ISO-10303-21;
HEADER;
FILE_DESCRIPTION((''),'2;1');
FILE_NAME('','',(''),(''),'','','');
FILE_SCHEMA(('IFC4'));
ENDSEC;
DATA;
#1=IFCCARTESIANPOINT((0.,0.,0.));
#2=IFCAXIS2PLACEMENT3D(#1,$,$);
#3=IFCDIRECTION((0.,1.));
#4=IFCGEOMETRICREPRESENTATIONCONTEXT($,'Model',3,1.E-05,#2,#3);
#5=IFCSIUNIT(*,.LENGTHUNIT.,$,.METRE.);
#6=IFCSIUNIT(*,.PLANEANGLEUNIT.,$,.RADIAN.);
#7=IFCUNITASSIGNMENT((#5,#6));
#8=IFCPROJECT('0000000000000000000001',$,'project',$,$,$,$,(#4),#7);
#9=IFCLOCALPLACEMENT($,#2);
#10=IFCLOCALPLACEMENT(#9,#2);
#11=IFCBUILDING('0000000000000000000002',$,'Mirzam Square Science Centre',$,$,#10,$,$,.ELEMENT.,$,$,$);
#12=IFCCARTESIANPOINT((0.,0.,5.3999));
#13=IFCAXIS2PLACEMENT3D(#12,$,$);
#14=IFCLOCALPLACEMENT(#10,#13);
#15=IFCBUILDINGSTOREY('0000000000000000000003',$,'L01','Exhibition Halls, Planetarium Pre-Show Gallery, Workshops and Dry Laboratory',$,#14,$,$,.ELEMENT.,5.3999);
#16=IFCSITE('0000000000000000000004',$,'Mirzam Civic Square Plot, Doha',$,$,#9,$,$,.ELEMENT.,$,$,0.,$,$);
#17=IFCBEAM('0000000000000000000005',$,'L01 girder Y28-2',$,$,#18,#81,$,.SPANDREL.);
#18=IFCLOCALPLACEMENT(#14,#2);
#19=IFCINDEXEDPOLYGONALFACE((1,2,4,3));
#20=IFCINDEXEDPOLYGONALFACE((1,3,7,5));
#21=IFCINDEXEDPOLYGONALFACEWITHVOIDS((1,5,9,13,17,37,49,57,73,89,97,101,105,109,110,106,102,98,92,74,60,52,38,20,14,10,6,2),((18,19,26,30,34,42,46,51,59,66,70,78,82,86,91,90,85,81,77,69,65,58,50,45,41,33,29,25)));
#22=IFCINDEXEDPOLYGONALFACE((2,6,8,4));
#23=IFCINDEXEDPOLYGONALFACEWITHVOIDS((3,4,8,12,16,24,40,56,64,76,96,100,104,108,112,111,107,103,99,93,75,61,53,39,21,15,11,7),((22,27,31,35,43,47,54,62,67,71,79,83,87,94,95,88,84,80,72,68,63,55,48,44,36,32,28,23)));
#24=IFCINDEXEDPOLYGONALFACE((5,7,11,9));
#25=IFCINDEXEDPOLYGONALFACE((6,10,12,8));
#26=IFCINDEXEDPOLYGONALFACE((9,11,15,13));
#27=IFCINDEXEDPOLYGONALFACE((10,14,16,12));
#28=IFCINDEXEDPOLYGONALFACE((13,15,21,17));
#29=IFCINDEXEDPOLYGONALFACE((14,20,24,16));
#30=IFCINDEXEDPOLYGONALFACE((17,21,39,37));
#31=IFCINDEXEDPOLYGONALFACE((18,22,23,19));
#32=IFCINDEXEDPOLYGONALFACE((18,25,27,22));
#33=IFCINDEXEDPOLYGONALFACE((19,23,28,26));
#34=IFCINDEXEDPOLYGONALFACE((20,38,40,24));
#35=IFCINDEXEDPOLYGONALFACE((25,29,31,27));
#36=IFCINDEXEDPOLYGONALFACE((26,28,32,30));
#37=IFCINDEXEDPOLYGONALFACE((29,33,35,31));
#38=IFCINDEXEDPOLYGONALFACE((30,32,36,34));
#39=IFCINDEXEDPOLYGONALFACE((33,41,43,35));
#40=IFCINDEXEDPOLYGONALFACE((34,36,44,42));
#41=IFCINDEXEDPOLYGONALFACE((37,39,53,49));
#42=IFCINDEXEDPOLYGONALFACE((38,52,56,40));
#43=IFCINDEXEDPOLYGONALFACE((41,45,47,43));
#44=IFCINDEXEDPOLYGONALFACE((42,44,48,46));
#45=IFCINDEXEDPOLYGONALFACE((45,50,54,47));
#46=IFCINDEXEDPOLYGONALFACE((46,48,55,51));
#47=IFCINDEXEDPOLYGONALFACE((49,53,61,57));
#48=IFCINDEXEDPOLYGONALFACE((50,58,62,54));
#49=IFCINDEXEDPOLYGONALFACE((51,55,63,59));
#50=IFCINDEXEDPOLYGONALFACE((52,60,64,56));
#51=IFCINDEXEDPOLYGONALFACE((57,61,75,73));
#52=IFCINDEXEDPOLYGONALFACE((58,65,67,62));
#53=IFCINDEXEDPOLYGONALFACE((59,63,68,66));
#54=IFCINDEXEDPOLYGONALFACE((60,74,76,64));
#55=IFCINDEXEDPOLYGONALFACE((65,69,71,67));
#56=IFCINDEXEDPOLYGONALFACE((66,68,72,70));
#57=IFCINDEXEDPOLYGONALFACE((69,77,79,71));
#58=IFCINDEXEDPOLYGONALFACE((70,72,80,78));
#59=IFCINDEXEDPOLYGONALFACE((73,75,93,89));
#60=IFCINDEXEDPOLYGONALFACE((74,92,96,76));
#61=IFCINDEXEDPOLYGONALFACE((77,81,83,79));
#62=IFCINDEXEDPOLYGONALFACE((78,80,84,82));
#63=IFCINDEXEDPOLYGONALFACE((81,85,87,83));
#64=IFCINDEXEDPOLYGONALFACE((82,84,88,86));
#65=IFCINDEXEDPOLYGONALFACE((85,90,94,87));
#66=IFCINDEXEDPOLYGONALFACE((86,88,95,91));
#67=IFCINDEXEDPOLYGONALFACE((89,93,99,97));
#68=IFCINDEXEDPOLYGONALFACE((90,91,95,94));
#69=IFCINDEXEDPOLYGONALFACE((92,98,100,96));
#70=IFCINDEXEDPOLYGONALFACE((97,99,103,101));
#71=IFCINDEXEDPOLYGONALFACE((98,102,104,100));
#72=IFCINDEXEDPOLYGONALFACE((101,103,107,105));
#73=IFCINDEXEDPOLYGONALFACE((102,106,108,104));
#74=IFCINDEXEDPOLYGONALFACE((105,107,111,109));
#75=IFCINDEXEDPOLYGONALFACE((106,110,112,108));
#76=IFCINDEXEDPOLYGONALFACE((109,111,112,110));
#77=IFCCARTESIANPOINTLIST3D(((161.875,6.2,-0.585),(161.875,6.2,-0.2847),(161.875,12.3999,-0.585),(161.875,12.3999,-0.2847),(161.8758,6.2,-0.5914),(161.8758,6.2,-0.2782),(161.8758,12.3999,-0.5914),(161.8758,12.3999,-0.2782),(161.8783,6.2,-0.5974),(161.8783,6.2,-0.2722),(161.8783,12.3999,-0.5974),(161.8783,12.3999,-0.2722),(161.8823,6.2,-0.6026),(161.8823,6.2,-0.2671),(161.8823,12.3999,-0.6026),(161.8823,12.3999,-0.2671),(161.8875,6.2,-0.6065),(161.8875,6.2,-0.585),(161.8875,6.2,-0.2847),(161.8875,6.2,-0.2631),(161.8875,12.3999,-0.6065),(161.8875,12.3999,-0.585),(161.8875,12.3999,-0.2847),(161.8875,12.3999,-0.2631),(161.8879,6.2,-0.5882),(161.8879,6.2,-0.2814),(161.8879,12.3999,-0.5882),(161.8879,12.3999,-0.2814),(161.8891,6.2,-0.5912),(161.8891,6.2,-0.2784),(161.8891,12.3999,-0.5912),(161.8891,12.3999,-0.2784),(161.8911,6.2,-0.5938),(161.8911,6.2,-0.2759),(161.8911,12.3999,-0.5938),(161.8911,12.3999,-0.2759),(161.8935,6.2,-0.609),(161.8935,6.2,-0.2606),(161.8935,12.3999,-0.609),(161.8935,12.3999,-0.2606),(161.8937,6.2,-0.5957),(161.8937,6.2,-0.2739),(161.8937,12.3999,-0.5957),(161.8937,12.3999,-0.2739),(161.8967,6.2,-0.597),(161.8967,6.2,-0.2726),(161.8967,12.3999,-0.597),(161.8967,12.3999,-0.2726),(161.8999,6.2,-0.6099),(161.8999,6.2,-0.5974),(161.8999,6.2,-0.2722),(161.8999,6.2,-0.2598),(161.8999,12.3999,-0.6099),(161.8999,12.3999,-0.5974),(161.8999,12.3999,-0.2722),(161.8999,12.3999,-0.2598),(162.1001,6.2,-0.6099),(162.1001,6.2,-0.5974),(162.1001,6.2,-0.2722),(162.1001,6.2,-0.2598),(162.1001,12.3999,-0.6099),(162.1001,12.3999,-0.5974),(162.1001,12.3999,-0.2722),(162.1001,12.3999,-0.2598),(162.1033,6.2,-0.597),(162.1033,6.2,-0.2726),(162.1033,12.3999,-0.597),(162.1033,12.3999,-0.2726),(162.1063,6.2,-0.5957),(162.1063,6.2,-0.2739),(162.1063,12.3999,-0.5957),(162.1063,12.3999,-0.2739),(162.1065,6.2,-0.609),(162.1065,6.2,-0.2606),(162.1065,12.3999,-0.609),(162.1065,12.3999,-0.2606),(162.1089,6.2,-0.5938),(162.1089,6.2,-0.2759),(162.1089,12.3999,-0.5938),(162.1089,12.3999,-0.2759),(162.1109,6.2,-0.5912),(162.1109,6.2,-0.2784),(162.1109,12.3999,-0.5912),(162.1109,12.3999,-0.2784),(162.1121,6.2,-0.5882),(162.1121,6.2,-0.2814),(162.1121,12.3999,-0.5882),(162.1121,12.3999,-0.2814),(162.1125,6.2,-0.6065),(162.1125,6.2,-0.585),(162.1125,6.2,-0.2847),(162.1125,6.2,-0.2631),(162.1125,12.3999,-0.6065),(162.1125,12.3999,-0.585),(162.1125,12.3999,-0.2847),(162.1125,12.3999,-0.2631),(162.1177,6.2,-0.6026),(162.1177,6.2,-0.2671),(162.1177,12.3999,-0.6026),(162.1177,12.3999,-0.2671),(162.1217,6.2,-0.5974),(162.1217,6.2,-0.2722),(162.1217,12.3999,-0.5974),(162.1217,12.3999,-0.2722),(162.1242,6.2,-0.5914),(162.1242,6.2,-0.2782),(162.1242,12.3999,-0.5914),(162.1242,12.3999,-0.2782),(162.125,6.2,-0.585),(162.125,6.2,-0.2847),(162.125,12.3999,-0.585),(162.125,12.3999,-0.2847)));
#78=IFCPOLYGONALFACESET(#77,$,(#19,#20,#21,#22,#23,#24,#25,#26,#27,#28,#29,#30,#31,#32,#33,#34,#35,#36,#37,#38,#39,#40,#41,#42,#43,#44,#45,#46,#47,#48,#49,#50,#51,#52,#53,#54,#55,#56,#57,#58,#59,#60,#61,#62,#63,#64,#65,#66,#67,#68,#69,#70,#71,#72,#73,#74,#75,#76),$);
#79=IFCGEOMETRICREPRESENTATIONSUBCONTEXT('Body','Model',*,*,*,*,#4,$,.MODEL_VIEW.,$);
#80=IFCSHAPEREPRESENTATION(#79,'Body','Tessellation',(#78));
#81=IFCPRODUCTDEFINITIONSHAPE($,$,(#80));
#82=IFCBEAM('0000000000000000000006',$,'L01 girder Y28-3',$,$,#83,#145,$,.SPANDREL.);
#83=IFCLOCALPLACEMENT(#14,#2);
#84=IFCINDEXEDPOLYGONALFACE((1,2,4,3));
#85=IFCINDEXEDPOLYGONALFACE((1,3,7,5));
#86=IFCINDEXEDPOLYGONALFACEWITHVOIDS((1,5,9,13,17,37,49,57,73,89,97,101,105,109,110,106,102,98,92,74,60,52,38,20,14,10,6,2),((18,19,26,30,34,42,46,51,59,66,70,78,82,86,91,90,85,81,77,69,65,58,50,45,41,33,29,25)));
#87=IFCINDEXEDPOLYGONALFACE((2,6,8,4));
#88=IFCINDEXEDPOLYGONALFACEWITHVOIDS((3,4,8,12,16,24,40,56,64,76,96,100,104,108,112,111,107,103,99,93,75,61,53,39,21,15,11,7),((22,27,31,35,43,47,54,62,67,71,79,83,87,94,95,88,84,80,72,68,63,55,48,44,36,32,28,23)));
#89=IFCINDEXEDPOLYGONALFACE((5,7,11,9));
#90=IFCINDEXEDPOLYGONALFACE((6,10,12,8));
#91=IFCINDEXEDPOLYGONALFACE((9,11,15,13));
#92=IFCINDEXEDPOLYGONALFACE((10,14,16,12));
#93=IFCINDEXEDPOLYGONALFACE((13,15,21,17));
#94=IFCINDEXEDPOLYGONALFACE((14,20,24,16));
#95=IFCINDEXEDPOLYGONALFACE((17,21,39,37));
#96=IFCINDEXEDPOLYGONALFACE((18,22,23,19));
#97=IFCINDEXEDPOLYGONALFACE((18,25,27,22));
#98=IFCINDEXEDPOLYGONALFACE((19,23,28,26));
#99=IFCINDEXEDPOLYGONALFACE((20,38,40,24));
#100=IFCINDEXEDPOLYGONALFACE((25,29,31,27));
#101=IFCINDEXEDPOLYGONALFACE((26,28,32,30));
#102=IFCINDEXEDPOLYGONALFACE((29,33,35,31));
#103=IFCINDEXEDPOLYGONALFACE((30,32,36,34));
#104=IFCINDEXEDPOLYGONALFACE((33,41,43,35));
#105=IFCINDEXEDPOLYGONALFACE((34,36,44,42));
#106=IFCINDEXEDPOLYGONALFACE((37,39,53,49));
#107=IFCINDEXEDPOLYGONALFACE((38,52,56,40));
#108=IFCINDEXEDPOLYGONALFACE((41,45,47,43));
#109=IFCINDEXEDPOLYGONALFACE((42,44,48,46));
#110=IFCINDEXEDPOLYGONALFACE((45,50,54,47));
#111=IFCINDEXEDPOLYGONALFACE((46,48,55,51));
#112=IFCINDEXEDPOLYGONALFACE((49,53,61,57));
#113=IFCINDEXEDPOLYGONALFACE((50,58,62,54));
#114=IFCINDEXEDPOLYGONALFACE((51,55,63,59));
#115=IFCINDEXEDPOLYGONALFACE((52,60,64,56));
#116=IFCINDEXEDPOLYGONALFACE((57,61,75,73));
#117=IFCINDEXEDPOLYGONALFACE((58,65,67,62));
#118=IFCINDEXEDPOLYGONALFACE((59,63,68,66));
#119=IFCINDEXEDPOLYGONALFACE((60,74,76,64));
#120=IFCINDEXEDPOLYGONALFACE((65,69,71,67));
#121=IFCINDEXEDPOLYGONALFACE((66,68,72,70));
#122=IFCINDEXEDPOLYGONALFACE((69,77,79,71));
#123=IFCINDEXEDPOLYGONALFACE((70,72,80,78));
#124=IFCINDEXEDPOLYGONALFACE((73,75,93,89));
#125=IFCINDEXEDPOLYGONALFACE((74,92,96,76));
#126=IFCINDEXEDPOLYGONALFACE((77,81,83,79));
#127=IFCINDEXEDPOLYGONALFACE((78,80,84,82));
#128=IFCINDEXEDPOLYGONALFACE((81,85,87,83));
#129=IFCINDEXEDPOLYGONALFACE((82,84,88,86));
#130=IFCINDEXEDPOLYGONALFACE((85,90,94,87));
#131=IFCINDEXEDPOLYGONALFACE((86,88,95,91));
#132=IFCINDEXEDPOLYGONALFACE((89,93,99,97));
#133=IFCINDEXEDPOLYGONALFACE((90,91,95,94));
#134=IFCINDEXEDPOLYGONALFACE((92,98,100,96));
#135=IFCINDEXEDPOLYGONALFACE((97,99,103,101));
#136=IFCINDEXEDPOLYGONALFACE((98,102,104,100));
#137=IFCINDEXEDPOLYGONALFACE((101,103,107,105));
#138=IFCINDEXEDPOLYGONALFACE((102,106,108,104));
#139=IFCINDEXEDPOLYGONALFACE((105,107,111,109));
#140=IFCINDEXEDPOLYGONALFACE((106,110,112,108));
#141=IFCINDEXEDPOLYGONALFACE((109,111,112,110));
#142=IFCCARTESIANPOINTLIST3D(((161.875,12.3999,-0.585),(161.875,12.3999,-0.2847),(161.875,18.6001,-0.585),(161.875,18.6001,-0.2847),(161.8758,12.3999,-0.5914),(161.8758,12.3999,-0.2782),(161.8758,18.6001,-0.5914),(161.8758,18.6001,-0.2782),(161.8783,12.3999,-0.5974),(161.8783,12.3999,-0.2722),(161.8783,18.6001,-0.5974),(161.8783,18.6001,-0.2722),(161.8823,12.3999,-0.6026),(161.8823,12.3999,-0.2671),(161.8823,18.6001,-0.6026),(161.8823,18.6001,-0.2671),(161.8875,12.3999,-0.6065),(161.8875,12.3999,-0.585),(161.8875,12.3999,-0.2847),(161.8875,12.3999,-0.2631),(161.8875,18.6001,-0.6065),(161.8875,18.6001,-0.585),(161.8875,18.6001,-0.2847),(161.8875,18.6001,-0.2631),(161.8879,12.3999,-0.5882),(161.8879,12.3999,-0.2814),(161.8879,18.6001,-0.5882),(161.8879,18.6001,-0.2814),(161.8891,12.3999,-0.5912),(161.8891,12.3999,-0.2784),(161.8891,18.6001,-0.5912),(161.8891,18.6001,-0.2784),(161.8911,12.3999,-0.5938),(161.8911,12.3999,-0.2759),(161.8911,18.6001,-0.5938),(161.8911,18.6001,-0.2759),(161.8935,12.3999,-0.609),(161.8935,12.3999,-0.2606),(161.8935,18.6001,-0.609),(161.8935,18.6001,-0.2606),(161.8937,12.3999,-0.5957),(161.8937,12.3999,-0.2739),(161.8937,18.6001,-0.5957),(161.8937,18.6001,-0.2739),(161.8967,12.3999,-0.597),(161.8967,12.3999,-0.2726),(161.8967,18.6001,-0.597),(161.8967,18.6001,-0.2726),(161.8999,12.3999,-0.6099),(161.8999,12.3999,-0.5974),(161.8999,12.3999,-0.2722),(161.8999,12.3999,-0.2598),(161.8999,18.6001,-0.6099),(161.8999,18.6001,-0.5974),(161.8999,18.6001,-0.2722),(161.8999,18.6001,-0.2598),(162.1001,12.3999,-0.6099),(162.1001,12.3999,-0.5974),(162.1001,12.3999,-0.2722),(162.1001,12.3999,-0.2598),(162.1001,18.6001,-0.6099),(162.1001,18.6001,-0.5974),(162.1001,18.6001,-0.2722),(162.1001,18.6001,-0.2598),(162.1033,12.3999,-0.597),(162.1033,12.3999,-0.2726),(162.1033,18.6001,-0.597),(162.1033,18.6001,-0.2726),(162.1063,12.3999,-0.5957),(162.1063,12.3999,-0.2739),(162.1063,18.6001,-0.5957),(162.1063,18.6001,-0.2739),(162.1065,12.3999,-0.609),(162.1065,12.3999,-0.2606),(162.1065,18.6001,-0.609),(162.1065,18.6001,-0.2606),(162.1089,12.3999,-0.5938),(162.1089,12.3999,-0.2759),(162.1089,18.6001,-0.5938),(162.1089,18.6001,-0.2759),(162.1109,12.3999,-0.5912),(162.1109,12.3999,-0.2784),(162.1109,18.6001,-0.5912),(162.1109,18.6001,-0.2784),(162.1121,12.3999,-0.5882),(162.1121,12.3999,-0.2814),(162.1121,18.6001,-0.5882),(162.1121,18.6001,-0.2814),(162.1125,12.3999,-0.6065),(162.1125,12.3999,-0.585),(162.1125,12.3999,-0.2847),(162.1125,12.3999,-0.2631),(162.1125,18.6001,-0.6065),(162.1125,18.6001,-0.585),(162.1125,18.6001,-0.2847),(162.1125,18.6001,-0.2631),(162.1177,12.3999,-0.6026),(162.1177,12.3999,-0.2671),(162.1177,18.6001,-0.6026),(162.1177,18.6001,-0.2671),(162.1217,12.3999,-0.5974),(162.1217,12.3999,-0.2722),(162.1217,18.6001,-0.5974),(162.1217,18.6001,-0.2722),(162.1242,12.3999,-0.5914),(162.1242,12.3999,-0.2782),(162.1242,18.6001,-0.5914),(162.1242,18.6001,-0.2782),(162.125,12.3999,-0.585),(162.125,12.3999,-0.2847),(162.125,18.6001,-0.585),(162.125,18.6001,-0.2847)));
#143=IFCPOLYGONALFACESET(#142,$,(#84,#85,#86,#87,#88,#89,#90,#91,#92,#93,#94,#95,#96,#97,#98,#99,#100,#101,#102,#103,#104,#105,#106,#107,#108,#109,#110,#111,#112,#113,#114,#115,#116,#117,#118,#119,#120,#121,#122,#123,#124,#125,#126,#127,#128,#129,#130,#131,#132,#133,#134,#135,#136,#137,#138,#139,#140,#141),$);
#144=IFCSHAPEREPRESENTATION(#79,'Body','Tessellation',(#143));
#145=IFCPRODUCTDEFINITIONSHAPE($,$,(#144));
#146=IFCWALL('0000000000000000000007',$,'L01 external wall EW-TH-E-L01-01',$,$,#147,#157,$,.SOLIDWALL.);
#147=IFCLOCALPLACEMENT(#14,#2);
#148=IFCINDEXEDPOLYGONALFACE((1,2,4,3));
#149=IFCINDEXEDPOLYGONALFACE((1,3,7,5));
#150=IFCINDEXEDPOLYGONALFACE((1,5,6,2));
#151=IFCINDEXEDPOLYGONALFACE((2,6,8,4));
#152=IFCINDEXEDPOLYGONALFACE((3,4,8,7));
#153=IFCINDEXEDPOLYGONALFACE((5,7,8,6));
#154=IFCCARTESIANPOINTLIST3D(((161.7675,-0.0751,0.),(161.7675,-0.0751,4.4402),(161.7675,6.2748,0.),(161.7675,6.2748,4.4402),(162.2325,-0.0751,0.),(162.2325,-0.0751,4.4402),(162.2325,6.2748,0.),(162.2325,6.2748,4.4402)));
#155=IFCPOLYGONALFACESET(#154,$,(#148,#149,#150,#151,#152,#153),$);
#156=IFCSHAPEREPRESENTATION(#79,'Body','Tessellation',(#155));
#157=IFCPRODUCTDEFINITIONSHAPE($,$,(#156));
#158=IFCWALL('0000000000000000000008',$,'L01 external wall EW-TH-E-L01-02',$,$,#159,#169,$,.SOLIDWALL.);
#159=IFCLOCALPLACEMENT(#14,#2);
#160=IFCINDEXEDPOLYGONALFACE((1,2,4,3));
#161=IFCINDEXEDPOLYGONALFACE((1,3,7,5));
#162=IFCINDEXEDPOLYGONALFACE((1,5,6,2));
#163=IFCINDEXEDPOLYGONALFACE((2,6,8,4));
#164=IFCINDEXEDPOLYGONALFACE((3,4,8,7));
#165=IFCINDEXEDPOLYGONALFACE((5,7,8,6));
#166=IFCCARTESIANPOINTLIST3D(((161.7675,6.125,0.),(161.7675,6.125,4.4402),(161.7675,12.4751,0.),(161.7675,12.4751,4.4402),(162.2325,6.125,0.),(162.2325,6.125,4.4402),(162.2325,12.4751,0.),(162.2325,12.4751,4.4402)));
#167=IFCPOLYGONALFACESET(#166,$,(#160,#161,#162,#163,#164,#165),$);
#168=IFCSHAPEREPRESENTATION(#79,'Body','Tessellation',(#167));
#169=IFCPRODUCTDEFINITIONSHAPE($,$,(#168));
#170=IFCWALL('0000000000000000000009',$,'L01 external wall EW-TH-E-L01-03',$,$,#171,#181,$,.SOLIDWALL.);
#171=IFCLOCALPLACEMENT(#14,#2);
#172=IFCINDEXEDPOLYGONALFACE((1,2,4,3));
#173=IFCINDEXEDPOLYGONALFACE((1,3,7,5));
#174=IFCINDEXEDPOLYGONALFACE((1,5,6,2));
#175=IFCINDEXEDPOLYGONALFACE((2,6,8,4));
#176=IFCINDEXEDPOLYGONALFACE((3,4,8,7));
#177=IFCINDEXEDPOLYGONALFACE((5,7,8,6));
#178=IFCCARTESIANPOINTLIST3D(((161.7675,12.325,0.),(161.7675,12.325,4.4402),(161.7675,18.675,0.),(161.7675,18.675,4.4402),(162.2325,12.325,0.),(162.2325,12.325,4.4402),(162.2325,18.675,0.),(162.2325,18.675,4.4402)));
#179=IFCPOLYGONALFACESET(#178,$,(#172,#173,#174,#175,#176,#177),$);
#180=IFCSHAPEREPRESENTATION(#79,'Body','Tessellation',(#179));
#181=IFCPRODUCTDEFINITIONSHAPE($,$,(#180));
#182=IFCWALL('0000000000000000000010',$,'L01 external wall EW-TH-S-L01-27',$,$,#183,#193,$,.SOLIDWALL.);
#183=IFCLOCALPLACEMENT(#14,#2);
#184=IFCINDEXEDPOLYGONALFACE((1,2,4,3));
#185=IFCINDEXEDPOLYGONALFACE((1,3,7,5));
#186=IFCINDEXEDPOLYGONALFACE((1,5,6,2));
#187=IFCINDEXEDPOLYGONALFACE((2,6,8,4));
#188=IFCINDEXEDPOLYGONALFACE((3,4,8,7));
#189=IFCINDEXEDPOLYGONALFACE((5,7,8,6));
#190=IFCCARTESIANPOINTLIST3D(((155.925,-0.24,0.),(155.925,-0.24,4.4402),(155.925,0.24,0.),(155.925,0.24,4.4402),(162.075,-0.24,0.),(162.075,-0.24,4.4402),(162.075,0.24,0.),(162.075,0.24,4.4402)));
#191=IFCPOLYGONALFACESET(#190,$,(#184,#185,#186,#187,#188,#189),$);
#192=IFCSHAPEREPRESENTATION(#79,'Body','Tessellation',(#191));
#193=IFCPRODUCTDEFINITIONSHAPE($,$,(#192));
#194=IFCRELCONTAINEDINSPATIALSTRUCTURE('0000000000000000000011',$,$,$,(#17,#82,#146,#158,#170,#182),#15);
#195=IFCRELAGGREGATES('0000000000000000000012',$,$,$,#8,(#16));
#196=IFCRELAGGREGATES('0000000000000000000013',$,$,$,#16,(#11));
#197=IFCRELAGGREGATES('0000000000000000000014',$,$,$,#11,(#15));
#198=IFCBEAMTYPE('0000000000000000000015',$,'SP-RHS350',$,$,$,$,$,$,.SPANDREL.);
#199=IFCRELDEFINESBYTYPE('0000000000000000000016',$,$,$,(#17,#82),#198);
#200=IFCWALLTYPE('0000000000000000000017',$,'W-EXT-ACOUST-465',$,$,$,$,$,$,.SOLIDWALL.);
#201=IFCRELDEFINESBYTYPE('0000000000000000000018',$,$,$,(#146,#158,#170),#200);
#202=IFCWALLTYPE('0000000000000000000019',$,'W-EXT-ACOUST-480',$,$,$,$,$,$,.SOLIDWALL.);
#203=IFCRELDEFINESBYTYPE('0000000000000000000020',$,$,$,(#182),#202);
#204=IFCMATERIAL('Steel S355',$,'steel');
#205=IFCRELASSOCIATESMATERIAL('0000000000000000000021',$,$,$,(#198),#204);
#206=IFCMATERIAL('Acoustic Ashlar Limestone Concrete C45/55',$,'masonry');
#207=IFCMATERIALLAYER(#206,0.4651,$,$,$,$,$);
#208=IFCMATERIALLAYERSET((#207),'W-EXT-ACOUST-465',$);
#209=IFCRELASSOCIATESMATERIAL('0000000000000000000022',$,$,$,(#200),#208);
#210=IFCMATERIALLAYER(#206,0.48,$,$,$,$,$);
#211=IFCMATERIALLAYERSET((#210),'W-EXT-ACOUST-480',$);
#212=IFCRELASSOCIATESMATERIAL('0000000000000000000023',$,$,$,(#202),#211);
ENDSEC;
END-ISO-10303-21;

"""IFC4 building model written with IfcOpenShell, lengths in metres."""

from ifc_helpers import new_model, si_unit, direction, frame, frame_2d, origin, origin_2d, place, context, subcontext, project, spatial, rectangle, hollow_rectangle, extrude, material, layer, layer_set, material_profile, profile_set, type_object, element, save


model = new_model("IFC4")

# Units and contexts
model_context = context("Model", 3, precision=1e-05, world=origin(), true_north=direction((0.0, 1.0)))
body_context = subcontext(model_context, "Body", "Model", "MODEL_VIEW")
ifc_project = project(units=[si_unit("LENGTHUNIT", "METRE"), si_unit("PLANEANGLEUNIT", "RADIAN")], contexts=[model_context])

# Site, building, storey
site_placement = place(None, origin())
site = spatial("IfcSite", under=ifc_project, at=site_placement, Name="Mirzam Civic Square Plot, Doha", CompositionType="ELEMENT", RefElevation=0.0)
building_placement = place(site_placement, origin())
building = spatial("IfcBuilding", under=site, at=building_placement, Name="Mirzam Square Science Centre", CompositionType="ELEMENT")
storey_placement = place(building_placement, frame((0.0, 0.0, 5.3999)))
storey = spatial("IfcBuildingStorey", under=building, at=storey_placement, Name="L01", Description="Exhibition Halls, Planetarium Pre-Show Gallery, Workshops and Dry Laboratory", CompositionType="ELEMENT", Elevation=5.3999)

# Shared definitions
ifc_material_1 = material(Name="Steel S355", Category="steel")

# Beams
ifc_material_profile_1 = material_profile(ifc_material_1, hollow_rectangle(XDim=0.25, YDim=0.3501, WallThickness=0.0125, InnerFilletRadius=0.0125, OuterFilletRadius=0.0249, at=origin_2d()), Name="350x250x12.5RHS")
ifc_profile_set_1 = profile_set([ifc_material_profile_1], Name="Steel S355")
beam_type_1 = type_object("IfcBeamType", Name="SP-RHS350", PredefinedType="SPANDREL", material=ifc_profile_set_1)
for number, where, z_axis, x_axis, name in (
    (1, (162.0, 6.2, -0.4348), (0.0, 1.0, 0.0), (-1.0, 0.0, 0.0), "L01 girder Y28-2"),
):
    element("IfcBeam", number, at=place(storey_placement, frame(where, z_axis=z_axis, x_axis=x_axis)), inside=storey, type_object=beam_type_1, Name=name, PredefinedType="SPANDREL", context=body_context, shape_type="SweptSolid", body=[
        extrude(hollow_rectangle(XDim=0.25, YDim=0.3501, WallThickness=0.0125, InnerFilletRadius=0.0125, OuterFilletRadius=0.0249, at=origin_2d()), origin(), (0.0, 0.0, 1.0), 6.2),
    ])
beam_1_placement = place(storey_placement, frame((162.0, 12.3999, -0.4348), z_axis=(0.0, 1.0, 0.0), x_axis=(-1.0, 0.0, 0.0)))
element("IfcBeam", 2, at=beam_1_placement, inside=storey, type_object=beam_type_1, Name="L01 girder Y28-3", PredefinedType="SPANDREL", context=body_context, shape_type="SweptSolid", body=[
    extrude(hollow_rectangle(XDim=0.25, YDim=0.3501, WallThickness=0.0125, InnerFilletRadius=0.0125, OuterFilletRadius=0.0249, at=origin_2d()), origin(), (0.0, 0.0, 1.0), 6.2002),
])

# Walls
ifc_material_2 = material(Name="Acoustic Ashlar Limestone Concrete C45/55", Category="masonry")
ifc_layer_1 = layer(ifc_material_2, 0.4651)
ifc_layer_set_1 = layer_set([ifc_layer_1], Name="W-EXT-ACOUST-465")
wall_type_1 = type_object("IfcWallType", Name="W-EXT-ACOUST-465", PredefinedType="SOLIDWALL", material=ifc_layer_set_1)
wall_1_placement = place(storey_placement, frame((162.0, -0.075, 0.0), z_axis=(0.0, 0.0, 1.0), x_axis=(0.0, 1.0, 0.0)))
element("IfcWall", 3, at=wall_1_placement, inside=storey, type_object=wall_type_1, Name="L01 external wall EW-TH-E-L01-01", PredefinedType="SOLIDWALL", context=body_context, shape_type="SweptSolid", body=[
    extrude(rectangle(XDim=6.3499, YDim=0.4651, at=frame_2d((3.1748, 0.0))), origin(), (0.0, 0.0, 1.0), 4.4402),
])
for number, where, z_axis, x_axis, name in (
    (4, (162.0, 6.125, 0.0), (0.0, 0.0, 1.0), (0.0, 1.0, 0.0), "L01 external wall EW-TH-E-L01-02"),
    (5, (162.0, 12.325, 0.0), (0.0, 0.0, 1.0), (0.0, 1.0, 0.0), "L01 external wall EW-TH-E-L01-03"),
):
    element("IfcWall", number, at=place(storey_placement, frame(where, z_axis=z_axis, x_axis=x_axis)), inside=storey, type_object=wall_type_1, Name=name, PredefinedType="SOLIDWALL", context=body_context, shape_type="SweptSolid", body=[
        extrude(rectangle(XDim=6.3501, YDim=0.4651, at=frame_2d((3.175, 0.0))), origin(), (0.0, 0.0, 1.0), 4.4402),
    ])
ifc_layer_2 = layer(ifc_material_2, 0.48)
ifc_layer_set_2 = layer_set([ifc_layer_2], Name="W-EXT-ACOUST-480")
wall_type_2 = type_object("IfcWallType", Name="W-EXT-ACOUST-480", PredefinedType="SOLIDWALL", material=ifc_layer_set_2)
wall_2_placement = place(storey_placement, frame((155.925, 0.0, 0.0), z_axis=(0.0, 0.0, 1.0), x_axis=(1.0, 0.0, 0.0)))
element("IfcWall", 6, at=wall_2_placement, inside=storey, type_object=wall_type_2, Name="L01 external wall EW-TH-S-L01-27", PredefinedType="SOLIDWALL", context=body_context, shape_type="SweptSolid", body=[
    extrude(rectangle(XDim=6.1499, YDim=0.48, at=frame_2d((3.075, 0.0))), origin(), (0.0, 0.0, 1.0), 4.4402),
])

save(model, "model.ifc")
